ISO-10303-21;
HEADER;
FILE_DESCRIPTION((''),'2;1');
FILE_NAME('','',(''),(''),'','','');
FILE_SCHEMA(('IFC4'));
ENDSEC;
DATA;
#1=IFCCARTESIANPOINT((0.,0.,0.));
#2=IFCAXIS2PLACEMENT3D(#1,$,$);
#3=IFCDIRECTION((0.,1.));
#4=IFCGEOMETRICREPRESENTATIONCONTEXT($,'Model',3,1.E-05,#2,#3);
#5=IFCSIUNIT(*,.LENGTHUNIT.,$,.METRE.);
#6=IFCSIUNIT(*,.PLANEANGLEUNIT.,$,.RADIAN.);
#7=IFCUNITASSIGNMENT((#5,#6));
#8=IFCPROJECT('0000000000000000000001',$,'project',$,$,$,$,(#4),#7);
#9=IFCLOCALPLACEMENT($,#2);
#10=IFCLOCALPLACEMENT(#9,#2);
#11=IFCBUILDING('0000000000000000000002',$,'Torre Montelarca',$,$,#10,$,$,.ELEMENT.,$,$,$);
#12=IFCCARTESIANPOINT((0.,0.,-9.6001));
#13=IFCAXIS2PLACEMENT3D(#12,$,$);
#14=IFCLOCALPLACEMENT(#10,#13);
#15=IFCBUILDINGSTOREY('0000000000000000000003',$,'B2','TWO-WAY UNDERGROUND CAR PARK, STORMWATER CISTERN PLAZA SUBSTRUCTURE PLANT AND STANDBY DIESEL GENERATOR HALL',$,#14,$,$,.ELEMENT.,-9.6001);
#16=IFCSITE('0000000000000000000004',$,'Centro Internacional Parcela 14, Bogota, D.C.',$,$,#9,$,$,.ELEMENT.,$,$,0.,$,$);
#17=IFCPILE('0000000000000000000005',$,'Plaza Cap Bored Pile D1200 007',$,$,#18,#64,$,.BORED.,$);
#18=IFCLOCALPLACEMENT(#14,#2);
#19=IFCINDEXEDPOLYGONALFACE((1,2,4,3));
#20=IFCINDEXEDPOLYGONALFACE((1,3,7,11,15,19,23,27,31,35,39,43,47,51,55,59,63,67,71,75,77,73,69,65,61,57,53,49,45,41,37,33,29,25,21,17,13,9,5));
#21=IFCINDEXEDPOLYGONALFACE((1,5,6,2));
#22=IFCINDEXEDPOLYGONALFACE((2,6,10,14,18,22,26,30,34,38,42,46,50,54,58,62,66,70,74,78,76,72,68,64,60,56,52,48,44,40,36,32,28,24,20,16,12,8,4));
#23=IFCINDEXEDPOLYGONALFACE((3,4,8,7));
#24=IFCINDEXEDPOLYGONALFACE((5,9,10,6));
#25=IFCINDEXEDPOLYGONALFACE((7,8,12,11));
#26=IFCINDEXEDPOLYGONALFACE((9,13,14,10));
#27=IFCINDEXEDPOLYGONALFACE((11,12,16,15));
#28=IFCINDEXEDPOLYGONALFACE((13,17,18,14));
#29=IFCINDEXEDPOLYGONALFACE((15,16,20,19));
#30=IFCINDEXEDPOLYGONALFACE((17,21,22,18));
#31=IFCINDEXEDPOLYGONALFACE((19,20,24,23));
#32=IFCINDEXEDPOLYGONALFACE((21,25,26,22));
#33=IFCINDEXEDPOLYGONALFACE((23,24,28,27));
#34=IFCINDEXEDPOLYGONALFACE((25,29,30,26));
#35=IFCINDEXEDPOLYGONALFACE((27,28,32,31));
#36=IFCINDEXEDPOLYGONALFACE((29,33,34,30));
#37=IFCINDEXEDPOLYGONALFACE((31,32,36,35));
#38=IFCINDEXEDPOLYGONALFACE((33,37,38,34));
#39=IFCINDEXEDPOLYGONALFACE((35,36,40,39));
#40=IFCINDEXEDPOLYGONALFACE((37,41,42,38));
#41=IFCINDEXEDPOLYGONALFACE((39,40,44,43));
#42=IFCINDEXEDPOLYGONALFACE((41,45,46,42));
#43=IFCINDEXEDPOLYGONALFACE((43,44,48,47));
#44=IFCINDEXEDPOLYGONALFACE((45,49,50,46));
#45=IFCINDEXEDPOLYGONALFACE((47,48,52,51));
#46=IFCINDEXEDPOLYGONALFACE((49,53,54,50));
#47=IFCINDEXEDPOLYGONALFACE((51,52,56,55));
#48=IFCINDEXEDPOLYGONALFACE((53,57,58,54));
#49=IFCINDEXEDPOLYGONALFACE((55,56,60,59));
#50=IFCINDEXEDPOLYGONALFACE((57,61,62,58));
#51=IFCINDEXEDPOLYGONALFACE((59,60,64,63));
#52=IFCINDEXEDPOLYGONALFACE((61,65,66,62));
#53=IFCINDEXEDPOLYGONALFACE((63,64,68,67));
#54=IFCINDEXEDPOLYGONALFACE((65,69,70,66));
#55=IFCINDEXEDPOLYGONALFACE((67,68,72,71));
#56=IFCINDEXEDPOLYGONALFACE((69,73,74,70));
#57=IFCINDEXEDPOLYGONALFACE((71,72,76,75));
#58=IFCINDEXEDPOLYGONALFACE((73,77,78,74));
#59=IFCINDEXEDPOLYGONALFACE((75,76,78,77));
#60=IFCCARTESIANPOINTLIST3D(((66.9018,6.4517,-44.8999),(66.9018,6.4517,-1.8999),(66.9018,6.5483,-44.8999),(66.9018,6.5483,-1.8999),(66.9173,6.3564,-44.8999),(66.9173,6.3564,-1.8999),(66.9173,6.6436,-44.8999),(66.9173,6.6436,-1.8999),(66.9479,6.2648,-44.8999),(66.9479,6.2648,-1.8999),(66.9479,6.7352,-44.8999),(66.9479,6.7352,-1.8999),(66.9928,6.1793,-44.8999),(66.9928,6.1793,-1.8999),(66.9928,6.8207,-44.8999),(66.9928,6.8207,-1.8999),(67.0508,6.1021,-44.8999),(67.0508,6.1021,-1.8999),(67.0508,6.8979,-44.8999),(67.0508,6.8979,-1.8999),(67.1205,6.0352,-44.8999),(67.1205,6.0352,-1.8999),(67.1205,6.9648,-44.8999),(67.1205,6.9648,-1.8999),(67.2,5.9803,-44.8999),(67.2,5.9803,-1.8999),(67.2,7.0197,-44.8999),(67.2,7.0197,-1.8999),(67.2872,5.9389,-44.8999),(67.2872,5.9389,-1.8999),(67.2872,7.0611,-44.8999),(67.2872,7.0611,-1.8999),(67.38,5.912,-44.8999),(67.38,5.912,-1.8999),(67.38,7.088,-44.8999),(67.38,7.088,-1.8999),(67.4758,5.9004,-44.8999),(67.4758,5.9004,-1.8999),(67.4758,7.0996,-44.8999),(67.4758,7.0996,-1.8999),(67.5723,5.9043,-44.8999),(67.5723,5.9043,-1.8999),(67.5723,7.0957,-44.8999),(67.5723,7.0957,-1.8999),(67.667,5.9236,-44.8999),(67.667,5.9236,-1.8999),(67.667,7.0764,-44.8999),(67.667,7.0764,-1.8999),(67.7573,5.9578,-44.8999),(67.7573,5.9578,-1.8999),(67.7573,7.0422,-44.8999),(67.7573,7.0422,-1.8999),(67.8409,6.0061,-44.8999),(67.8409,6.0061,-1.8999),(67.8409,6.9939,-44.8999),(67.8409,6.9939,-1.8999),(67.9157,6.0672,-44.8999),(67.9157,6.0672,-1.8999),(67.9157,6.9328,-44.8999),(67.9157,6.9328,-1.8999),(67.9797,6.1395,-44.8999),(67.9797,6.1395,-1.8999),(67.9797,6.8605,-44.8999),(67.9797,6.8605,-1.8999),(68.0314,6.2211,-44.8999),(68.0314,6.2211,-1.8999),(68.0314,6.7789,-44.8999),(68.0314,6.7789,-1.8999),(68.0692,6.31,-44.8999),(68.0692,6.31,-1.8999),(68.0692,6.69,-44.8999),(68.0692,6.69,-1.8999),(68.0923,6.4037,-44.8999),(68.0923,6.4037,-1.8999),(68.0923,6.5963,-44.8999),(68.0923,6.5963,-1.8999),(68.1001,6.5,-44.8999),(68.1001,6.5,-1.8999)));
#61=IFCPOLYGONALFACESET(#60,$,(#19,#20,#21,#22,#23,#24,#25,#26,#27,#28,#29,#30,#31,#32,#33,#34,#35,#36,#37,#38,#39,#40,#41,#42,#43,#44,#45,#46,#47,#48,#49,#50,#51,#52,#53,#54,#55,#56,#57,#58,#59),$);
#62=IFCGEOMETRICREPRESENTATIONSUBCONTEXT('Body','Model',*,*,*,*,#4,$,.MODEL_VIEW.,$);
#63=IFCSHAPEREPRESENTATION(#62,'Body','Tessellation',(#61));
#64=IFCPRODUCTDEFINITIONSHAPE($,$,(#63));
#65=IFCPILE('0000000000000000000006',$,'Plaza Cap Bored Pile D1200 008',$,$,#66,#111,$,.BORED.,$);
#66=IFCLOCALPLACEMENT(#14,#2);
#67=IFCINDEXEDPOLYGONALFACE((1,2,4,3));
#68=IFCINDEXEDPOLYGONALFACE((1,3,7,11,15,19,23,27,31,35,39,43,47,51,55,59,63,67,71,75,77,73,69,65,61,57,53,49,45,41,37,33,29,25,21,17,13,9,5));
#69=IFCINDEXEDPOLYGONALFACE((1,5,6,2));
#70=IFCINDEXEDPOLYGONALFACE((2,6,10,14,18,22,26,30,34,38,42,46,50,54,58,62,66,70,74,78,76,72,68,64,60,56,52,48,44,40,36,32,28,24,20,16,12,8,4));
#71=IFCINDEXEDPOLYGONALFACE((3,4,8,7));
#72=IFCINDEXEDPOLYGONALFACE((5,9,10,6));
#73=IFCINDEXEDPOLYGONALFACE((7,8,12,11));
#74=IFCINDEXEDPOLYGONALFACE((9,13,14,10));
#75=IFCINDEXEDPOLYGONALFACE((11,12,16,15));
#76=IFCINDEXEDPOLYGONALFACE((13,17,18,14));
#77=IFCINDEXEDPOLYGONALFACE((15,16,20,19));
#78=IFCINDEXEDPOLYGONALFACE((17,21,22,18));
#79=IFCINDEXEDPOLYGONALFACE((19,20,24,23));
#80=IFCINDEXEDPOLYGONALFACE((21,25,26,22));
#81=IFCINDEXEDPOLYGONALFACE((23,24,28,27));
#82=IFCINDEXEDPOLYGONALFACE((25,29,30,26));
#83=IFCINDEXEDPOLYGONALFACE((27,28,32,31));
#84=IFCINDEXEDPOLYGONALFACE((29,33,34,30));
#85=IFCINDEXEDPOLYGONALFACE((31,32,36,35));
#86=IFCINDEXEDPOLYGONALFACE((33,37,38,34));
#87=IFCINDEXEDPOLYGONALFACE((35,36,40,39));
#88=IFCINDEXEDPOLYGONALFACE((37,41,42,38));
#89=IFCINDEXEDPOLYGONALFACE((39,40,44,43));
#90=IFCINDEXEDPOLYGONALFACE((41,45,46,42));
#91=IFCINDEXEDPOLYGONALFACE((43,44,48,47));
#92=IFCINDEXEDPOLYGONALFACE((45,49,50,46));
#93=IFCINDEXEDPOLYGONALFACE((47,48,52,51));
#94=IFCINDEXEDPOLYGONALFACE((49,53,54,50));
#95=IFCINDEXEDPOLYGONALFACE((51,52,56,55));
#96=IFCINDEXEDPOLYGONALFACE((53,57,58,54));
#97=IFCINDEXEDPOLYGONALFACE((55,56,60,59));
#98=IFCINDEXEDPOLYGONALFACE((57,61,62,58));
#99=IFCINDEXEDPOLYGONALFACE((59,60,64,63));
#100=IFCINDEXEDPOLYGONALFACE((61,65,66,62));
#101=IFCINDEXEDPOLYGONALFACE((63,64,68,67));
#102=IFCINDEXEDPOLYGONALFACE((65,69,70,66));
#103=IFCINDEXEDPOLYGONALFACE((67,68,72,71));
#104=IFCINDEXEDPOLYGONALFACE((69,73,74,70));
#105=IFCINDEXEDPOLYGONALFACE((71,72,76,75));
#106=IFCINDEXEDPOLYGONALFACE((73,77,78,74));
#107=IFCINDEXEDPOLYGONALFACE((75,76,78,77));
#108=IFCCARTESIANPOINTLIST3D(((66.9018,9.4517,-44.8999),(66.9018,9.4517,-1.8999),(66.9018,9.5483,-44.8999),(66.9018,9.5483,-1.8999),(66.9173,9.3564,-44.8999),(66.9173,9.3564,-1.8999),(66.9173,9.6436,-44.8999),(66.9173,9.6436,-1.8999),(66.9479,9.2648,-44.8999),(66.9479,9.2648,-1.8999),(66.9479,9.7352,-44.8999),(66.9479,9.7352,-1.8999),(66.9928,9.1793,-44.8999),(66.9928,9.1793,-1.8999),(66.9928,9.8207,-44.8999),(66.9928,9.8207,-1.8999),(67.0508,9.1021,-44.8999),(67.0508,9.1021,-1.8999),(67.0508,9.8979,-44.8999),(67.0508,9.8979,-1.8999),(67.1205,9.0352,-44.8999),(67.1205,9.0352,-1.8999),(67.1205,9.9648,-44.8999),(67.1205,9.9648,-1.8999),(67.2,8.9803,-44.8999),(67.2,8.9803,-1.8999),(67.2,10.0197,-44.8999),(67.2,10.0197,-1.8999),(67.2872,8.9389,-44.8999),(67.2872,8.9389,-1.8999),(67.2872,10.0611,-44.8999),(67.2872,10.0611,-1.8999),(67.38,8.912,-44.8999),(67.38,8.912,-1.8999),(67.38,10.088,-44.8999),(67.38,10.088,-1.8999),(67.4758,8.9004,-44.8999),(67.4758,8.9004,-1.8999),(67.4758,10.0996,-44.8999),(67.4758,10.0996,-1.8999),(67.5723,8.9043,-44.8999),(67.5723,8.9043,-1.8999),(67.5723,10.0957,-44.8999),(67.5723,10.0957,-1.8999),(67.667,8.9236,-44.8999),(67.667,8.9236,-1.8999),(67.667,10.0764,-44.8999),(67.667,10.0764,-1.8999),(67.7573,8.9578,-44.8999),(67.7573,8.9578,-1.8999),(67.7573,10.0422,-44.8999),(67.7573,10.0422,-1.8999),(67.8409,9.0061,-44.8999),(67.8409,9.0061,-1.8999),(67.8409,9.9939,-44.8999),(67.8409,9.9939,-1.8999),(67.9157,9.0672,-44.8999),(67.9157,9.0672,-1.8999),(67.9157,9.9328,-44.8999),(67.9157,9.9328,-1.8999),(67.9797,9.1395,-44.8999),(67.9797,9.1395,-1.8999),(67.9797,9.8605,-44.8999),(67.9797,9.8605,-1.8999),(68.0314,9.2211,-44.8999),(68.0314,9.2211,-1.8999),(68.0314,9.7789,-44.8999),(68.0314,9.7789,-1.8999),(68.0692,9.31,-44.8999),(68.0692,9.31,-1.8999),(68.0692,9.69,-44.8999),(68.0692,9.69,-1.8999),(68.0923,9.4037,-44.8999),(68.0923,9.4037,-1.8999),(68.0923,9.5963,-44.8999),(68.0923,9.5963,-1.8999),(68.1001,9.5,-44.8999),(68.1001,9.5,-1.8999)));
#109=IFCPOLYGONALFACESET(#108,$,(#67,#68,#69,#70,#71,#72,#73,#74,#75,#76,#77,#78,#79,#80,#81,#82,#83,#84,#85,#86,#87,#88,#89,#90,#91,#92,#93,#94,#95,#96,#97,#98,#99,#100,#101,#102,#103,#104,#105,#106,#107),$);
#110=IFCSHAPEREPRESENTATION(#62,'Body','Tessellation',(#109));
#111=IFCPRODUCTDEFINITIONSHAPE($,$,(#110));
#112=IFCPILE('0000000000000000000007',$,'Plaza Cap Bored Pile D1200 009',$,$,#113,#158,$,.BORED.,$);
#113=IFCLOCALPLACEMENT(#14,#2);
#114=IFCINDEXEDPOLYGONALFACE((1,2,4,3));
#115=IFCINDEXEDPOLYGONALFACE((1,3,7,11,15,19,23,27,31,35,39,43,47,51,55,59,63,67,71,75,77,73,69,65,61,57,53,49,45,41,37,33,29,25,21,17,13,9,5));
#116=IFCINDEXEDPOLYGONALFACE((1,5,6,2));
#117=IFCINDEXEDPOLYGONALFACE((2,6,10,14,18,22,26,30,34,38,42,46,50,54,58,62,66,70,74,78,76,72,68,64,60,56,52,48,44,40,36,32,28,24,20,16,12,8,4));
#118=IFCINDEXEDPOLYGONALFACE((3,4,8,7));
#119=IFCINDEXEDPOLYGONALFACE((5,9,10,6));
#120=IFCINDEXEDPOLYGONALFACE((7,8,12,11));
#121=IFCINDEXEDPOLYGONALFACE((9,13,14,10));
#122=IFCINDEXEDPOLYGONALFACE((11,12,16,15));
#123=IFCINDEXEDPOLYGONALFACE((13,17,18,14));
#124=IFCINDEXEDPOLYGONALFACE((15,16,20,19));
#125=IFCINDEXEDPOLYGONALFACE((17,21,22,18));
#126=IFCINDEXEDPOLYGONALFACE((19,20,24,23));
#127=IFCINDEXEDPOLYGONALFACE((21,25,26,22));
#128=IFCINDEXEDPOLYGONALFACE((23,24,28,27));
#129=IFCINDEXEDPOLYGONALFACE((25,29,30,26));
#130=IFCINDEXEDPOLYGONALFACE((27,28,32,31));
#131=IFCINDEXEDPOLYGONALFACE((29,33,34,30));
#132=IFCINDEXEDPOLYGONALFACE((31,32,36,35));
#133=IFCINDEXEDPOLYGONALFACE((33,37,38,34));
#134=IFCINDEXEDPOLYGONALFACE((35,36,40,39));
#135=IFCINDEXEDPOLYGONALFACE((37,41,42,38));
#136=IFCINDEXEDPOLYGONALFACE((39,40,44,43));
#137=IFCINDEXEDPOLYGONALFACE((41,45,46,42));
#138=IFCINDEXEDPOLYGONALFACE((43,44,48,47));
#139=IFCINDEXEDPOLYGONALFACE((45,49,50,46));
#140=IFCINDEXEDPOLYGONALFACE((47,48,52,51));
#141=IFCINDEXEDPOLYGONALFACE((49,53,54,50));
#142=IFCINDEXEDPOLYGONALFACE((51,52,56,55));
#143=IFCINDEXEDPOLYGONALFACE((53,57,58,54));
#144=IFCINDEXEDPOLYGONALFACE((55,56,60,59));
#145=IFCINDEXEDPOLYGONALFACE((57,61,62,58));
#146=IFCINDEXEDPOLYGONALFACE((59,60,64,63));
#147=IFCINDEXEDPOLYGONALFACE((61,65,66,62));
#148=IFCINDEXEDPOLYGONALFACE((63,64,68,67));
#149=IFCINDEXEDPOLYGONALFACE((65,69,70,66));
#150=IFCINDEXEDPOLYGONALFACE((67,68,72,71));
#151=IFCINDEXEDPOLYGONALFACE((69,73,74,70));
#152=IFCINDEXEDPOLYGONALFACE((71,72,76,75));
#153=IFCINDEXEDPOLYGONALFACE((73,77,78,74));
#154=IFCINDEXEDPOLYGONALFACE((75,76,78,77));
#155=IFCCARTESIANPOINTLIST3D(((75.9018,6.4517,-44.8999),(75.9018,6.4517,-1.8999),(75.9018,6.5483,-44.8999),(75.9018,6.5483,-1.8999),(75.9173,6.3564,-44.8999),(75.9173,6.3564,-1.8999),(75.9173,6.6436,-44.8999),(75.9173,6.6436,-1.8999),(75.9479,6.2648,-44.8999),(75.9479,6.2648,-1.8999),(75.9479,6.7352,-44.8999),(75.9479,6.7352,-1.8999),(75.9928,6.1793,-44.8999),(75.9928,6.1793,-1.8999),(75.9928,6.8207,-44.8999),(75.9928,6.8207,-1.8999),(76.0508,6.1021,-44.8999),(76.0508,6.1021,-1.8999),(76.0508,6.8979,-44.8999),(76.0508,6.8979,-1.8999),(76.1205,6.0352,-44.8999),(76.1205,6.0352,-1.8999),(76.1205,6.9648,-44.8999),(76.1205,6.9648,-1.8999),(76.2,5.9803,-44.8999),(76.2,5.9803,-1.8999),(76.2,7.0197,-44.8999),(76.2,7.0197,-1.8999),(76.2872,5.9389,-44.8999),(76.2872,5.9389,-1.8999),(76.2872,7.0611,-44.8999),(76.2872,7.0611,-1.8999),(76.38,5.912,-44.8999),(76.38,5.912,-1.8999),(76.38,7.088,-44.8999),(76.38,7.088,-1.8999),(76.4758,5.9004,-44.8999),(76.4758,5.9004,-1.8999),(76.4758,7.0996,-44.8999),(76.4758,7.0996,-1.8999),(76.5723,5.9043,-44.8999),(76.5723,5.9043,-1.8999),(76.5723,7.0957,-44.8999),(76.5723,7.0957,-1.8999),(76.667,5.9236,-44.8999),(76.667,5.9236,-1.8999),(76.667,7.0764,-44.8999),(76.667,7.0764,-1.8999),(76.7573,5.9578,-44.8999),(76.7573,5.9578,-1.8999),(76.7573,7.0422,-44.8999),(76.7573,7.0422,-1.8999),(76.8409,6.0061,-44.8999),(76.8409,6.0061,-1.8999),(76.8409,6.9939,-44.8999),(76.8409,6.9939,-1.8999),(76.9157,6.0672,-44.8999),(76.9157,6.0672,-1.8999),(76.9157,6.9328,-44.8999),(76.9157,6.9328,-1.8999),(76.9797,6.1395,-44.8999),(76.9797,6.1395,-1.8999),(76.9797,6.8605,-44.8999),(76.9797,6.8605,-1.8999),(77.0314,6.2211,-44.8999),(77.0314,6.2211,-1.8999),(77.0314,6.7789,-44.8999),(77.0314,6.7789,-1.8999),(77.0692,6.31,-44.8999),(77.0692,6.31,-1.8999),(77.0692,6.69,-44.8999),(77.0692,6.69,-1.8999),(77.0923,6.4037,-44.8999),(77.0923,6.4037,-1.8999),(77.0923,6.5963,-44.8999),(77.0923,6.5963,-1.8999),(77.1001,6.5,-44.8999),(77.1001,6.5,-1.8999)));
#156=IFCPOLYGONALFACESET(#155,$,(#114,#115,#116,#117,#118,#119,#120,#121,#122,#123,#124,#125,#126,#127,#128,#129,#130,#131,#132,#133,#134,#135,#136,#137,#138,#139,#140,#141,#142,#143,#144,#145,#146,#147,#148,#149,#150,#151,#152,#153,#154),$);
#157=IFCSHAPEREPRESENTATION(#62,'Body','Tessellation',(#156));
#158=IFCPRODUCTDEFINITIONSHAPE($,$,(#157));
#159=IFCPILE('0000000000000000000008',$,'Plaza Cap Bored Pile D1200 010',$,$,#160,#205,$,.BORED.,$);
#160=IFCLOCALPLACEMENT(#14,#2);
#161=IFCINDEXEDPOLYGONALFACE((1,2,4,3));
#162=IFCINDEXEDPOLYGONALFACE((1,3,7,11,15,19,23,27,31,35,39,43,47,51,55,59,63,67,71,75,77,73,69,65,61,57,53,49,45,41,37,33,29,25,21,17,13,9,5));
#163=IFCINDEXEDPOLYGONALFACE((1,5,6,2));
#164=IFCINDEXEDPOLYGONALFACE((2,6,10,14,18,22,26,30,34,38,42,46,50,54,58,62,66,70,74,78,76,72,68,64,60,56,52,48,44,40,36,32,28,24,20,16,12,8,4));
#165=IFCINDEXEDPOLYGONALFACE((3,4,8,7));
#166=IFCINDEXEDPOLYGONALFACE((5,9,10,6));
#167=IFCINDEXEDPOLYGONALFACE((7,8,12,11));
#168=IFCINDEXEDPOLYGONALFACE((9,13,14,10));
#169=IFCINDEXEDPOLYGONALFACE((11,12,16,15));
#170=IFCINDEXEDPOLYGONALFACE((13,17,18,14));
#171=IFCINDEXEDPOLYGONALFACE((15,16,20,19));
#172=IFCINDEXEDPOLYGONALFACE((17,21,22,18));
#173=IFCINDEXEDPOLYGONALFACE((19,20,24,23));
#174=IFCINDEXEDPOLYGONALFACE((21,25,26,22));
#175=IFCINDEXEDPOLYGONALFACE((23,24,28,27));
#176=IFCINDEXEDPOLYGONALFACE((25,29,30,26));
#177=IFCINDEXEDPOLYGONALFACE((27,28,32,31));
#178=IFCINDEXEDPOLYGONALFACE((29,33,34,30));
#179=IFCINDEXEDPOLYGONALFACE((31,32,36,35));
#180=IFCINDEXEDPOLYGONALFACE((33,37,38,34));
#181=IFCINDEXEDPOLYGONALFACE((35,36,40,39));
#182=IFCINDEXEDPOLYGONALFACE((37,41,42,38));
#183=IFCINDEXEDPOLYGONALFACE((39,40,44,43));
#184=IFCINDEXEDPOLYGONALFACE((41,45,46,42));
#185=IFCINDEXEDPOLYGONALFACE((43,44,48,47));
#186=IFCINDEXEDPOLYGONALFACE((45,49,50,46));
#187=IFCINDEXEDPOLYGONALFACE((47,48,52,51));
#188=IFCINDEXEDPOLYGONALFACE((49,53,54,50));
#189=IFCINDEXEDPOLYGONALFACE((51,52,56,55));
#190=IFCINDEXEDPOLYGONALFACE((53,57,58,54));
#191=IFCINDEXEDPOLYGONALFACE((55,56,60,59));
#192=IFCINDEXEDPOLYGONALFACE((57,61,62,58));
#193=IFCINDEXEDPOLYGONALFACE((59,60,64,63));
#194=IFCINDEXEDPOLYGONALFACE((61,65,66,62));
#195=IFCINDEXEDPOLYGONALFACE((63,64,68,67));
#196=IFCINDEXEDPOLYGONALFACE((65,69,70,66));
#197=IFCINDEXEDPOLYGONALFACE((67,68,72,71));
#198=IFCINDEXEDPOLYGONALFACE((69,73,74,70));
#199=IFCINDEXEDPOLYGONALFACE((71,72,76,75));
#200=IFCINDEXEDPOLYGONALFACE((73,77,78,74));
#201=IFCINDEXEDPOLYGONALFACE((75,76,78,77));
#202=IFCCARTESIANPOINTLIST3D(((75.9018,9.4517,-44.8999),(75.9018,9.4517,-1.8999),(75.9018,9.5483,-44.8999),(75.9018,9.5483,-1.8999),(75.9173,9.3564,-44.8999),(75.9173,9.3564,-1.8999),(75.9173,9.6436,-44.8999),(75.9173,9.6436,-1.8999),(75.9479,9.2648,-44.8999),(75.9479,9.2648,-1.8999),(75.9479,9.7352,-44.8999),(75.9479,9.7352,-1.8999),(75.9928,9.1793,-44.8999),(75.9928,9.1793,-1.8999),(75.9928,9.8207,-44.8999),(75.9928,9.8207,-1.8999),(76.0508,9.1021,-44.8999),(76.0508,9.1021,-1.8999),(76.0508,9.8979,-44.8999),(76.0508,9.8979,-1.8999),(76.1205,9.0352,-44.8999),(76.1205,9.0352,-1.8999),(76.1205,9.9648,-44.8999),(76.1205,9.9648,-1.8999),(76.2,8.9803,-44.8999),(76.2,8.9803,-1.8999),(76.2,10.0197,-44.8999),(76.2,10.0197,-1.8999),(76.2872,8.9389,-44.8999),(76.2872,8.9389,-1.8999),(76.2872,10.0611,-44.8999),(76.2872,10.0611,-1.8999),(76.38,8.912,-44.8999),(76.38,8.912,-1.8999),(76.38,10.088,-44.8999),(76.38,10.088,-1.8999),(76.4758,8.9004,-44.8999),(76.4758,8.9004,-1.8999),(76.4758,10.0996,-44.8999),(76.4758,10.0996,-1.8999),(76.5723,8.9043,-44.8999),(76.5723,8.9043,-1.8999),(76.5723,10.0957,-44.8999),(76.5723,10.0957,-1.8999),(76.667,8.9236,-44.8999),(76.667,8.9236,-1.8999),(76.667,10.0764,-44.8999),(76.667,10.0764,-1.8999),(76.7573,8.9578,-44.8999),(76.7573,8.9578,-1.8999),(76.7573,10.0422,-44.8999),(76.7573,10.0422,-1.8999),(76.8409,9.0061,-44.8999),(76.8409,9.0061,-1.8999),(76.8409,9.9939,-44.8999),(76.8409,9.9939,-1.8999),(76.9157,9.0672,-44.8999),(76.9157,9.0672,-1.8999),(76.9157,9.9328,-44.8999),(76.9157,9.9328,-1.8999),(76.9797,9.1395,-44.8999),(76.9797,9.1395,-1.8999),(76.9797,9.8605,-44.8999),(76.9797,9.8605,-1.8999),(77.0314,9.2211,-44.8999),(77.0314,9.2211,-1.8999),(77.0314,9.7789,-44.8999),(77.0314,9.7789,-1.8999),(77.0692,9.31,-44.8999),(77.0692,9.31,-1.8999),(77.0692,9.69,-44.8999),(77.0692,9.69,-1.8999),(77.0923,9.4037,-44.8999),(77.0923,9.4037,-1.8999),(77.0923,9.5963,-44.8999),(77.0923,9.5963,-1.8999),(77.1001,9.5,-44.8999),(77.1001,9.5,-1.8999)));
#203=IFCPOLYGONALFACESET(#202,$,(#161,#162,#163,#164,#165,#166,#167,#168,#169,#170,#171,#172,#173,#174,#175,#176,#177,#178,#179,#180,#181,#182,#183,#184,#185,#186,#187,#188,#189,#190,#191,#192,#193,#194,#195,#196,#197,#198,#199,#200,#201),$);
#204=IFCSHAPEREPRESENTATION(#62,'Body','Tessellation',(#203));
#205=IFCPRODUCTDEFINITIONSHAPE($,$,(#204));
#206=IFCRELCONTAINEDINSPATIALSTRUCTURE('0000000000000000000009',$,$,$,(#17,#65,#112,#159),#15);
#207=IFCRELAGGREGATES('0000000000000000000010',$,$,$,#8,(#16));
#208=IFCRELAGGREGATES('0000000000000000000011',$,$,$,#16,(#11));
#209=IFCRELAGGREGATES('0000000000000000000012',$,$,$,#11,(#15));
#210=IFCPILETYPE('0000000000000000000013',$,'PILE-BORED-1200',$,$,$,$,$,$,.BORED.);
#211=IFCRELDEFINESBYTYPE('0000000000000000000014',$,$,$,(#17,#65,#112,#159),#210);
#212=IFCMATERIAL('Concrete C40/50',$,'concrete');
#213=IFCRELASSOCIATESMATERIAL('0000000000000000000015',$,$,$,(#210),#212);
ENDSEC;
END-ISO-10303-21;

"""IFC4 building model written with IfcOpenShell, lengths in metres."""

from ifc_helpers import new_model, si_unit, direction, frame, origin, origin_2d, place, context, subcontext, project, spatial, circle, extrude, source, transform, mapped, material, material_profile, profile_set, type_object, element, save


model = new_model("IFC4")

# Units and contexts
model_context = context("Model", 3, precision=1e-05, world=origin(), true_north=direction((0.0, 1.0)))
body_context = subcontext(model_context, "Body", "Model", "MODEL_VIEW")
ifc_project = project(units=[si_unit("LENGTHUNIT", "METRE"), si_unit("PLANEANGLEUNIT", "RADIAN")], contexts=[model_context])

# Site, building, storey
site_placement = place(None, origin())
site = spatial("IfcSite", under=ifc_project, at=site_placement, Name="Centro Internacional Parcela 14, Bogota, D.C.", CompositionType="ELEMENT", RefElevation=0.0)
building_placement = place(site_placement, origin())
building = spatial("IfcBuilding", under=site, at=building_placement, Name="Torre Montelarca", CompositionType="ELEMENT")
storey_placement = place(building_placement, frame((0.0, 0.0, -9.6001)))
storey = spatial("IfcBuildingStorey", under=building, at=storey_placement, Name="B2", Description="TWO-WAY UNDERGROUND CAR PARK, STORMWATER CISTERN PLAZA SUBSTRUCTURE PLANT AND STANDBY DIESEL GENERATOR HALL", CompositionType="ELEMENT", Elevation=-9.6001)

# Piles
ifc_material_1 = material(Name="Concrete C40/50", Category="concrete")
ifc_material_profile_1 = material_profile(ifc_material_1, circle(Radius=0.6001, at=origin_2d()), Name="PILE-D1200", Category="concrete")
ifc_profile_set_1 = profile_set([ifc_material_profile_1], Name="Concrete C40/50")
pile_type = type_object("IfcPileType", Name="PILE-BORED-1200", PredefinedType="BORED", material=ifc_profile_set_1)
shared_shape_1 = source(origin(), body_context, "Body", "SweptSolid", [
    extrude(circle(Radius=0.6001, at=origin_2d()), origin(), (0.0, 0.0, 1.0), 43.0),
])
for number, where, z_axis, x_axis, name in (
    (1, (67.5, 6.5, -1.8999), (0.0, 0.0, -1.0), (1.0, 0.0, 0.0), "Plaza Cap Bored Pile D1200 007"),
    (2, (67.5, 9.5, -1.8999), (0.0, 0.0, -1.0), (1.0, 0.0, 0.0), "Plaza Cap Bored Pile D1200 008"),
    (3, (76.5, 6.5, -1.8999), (0.0, 0.0, -1.0), (1.0, 0.0, 0.0), "Plaza Cap Bored Pile D1200 009"),
    (4, (76.5, 9.5, -1.8999), (0.0, 0.0, -1.0), (1.0, 0.0, 0.0), "Plaza Cap Bored Pile D1200 010"),
):
    element("IfcPile", number, at=place(storey_placement, frame(where, z_axis=z_axis, x_axis=x_axis)), inside=storey, type_object=pile_type, Name=name, PredefinedType="BORED", context=body_context, shape_type="MappedRepresentation", body=[
        mapped(shared_shape_1, transform((0.0, 0.0, 0.0), scale=1.0)),
    ])

save(model, "model.ifc")
